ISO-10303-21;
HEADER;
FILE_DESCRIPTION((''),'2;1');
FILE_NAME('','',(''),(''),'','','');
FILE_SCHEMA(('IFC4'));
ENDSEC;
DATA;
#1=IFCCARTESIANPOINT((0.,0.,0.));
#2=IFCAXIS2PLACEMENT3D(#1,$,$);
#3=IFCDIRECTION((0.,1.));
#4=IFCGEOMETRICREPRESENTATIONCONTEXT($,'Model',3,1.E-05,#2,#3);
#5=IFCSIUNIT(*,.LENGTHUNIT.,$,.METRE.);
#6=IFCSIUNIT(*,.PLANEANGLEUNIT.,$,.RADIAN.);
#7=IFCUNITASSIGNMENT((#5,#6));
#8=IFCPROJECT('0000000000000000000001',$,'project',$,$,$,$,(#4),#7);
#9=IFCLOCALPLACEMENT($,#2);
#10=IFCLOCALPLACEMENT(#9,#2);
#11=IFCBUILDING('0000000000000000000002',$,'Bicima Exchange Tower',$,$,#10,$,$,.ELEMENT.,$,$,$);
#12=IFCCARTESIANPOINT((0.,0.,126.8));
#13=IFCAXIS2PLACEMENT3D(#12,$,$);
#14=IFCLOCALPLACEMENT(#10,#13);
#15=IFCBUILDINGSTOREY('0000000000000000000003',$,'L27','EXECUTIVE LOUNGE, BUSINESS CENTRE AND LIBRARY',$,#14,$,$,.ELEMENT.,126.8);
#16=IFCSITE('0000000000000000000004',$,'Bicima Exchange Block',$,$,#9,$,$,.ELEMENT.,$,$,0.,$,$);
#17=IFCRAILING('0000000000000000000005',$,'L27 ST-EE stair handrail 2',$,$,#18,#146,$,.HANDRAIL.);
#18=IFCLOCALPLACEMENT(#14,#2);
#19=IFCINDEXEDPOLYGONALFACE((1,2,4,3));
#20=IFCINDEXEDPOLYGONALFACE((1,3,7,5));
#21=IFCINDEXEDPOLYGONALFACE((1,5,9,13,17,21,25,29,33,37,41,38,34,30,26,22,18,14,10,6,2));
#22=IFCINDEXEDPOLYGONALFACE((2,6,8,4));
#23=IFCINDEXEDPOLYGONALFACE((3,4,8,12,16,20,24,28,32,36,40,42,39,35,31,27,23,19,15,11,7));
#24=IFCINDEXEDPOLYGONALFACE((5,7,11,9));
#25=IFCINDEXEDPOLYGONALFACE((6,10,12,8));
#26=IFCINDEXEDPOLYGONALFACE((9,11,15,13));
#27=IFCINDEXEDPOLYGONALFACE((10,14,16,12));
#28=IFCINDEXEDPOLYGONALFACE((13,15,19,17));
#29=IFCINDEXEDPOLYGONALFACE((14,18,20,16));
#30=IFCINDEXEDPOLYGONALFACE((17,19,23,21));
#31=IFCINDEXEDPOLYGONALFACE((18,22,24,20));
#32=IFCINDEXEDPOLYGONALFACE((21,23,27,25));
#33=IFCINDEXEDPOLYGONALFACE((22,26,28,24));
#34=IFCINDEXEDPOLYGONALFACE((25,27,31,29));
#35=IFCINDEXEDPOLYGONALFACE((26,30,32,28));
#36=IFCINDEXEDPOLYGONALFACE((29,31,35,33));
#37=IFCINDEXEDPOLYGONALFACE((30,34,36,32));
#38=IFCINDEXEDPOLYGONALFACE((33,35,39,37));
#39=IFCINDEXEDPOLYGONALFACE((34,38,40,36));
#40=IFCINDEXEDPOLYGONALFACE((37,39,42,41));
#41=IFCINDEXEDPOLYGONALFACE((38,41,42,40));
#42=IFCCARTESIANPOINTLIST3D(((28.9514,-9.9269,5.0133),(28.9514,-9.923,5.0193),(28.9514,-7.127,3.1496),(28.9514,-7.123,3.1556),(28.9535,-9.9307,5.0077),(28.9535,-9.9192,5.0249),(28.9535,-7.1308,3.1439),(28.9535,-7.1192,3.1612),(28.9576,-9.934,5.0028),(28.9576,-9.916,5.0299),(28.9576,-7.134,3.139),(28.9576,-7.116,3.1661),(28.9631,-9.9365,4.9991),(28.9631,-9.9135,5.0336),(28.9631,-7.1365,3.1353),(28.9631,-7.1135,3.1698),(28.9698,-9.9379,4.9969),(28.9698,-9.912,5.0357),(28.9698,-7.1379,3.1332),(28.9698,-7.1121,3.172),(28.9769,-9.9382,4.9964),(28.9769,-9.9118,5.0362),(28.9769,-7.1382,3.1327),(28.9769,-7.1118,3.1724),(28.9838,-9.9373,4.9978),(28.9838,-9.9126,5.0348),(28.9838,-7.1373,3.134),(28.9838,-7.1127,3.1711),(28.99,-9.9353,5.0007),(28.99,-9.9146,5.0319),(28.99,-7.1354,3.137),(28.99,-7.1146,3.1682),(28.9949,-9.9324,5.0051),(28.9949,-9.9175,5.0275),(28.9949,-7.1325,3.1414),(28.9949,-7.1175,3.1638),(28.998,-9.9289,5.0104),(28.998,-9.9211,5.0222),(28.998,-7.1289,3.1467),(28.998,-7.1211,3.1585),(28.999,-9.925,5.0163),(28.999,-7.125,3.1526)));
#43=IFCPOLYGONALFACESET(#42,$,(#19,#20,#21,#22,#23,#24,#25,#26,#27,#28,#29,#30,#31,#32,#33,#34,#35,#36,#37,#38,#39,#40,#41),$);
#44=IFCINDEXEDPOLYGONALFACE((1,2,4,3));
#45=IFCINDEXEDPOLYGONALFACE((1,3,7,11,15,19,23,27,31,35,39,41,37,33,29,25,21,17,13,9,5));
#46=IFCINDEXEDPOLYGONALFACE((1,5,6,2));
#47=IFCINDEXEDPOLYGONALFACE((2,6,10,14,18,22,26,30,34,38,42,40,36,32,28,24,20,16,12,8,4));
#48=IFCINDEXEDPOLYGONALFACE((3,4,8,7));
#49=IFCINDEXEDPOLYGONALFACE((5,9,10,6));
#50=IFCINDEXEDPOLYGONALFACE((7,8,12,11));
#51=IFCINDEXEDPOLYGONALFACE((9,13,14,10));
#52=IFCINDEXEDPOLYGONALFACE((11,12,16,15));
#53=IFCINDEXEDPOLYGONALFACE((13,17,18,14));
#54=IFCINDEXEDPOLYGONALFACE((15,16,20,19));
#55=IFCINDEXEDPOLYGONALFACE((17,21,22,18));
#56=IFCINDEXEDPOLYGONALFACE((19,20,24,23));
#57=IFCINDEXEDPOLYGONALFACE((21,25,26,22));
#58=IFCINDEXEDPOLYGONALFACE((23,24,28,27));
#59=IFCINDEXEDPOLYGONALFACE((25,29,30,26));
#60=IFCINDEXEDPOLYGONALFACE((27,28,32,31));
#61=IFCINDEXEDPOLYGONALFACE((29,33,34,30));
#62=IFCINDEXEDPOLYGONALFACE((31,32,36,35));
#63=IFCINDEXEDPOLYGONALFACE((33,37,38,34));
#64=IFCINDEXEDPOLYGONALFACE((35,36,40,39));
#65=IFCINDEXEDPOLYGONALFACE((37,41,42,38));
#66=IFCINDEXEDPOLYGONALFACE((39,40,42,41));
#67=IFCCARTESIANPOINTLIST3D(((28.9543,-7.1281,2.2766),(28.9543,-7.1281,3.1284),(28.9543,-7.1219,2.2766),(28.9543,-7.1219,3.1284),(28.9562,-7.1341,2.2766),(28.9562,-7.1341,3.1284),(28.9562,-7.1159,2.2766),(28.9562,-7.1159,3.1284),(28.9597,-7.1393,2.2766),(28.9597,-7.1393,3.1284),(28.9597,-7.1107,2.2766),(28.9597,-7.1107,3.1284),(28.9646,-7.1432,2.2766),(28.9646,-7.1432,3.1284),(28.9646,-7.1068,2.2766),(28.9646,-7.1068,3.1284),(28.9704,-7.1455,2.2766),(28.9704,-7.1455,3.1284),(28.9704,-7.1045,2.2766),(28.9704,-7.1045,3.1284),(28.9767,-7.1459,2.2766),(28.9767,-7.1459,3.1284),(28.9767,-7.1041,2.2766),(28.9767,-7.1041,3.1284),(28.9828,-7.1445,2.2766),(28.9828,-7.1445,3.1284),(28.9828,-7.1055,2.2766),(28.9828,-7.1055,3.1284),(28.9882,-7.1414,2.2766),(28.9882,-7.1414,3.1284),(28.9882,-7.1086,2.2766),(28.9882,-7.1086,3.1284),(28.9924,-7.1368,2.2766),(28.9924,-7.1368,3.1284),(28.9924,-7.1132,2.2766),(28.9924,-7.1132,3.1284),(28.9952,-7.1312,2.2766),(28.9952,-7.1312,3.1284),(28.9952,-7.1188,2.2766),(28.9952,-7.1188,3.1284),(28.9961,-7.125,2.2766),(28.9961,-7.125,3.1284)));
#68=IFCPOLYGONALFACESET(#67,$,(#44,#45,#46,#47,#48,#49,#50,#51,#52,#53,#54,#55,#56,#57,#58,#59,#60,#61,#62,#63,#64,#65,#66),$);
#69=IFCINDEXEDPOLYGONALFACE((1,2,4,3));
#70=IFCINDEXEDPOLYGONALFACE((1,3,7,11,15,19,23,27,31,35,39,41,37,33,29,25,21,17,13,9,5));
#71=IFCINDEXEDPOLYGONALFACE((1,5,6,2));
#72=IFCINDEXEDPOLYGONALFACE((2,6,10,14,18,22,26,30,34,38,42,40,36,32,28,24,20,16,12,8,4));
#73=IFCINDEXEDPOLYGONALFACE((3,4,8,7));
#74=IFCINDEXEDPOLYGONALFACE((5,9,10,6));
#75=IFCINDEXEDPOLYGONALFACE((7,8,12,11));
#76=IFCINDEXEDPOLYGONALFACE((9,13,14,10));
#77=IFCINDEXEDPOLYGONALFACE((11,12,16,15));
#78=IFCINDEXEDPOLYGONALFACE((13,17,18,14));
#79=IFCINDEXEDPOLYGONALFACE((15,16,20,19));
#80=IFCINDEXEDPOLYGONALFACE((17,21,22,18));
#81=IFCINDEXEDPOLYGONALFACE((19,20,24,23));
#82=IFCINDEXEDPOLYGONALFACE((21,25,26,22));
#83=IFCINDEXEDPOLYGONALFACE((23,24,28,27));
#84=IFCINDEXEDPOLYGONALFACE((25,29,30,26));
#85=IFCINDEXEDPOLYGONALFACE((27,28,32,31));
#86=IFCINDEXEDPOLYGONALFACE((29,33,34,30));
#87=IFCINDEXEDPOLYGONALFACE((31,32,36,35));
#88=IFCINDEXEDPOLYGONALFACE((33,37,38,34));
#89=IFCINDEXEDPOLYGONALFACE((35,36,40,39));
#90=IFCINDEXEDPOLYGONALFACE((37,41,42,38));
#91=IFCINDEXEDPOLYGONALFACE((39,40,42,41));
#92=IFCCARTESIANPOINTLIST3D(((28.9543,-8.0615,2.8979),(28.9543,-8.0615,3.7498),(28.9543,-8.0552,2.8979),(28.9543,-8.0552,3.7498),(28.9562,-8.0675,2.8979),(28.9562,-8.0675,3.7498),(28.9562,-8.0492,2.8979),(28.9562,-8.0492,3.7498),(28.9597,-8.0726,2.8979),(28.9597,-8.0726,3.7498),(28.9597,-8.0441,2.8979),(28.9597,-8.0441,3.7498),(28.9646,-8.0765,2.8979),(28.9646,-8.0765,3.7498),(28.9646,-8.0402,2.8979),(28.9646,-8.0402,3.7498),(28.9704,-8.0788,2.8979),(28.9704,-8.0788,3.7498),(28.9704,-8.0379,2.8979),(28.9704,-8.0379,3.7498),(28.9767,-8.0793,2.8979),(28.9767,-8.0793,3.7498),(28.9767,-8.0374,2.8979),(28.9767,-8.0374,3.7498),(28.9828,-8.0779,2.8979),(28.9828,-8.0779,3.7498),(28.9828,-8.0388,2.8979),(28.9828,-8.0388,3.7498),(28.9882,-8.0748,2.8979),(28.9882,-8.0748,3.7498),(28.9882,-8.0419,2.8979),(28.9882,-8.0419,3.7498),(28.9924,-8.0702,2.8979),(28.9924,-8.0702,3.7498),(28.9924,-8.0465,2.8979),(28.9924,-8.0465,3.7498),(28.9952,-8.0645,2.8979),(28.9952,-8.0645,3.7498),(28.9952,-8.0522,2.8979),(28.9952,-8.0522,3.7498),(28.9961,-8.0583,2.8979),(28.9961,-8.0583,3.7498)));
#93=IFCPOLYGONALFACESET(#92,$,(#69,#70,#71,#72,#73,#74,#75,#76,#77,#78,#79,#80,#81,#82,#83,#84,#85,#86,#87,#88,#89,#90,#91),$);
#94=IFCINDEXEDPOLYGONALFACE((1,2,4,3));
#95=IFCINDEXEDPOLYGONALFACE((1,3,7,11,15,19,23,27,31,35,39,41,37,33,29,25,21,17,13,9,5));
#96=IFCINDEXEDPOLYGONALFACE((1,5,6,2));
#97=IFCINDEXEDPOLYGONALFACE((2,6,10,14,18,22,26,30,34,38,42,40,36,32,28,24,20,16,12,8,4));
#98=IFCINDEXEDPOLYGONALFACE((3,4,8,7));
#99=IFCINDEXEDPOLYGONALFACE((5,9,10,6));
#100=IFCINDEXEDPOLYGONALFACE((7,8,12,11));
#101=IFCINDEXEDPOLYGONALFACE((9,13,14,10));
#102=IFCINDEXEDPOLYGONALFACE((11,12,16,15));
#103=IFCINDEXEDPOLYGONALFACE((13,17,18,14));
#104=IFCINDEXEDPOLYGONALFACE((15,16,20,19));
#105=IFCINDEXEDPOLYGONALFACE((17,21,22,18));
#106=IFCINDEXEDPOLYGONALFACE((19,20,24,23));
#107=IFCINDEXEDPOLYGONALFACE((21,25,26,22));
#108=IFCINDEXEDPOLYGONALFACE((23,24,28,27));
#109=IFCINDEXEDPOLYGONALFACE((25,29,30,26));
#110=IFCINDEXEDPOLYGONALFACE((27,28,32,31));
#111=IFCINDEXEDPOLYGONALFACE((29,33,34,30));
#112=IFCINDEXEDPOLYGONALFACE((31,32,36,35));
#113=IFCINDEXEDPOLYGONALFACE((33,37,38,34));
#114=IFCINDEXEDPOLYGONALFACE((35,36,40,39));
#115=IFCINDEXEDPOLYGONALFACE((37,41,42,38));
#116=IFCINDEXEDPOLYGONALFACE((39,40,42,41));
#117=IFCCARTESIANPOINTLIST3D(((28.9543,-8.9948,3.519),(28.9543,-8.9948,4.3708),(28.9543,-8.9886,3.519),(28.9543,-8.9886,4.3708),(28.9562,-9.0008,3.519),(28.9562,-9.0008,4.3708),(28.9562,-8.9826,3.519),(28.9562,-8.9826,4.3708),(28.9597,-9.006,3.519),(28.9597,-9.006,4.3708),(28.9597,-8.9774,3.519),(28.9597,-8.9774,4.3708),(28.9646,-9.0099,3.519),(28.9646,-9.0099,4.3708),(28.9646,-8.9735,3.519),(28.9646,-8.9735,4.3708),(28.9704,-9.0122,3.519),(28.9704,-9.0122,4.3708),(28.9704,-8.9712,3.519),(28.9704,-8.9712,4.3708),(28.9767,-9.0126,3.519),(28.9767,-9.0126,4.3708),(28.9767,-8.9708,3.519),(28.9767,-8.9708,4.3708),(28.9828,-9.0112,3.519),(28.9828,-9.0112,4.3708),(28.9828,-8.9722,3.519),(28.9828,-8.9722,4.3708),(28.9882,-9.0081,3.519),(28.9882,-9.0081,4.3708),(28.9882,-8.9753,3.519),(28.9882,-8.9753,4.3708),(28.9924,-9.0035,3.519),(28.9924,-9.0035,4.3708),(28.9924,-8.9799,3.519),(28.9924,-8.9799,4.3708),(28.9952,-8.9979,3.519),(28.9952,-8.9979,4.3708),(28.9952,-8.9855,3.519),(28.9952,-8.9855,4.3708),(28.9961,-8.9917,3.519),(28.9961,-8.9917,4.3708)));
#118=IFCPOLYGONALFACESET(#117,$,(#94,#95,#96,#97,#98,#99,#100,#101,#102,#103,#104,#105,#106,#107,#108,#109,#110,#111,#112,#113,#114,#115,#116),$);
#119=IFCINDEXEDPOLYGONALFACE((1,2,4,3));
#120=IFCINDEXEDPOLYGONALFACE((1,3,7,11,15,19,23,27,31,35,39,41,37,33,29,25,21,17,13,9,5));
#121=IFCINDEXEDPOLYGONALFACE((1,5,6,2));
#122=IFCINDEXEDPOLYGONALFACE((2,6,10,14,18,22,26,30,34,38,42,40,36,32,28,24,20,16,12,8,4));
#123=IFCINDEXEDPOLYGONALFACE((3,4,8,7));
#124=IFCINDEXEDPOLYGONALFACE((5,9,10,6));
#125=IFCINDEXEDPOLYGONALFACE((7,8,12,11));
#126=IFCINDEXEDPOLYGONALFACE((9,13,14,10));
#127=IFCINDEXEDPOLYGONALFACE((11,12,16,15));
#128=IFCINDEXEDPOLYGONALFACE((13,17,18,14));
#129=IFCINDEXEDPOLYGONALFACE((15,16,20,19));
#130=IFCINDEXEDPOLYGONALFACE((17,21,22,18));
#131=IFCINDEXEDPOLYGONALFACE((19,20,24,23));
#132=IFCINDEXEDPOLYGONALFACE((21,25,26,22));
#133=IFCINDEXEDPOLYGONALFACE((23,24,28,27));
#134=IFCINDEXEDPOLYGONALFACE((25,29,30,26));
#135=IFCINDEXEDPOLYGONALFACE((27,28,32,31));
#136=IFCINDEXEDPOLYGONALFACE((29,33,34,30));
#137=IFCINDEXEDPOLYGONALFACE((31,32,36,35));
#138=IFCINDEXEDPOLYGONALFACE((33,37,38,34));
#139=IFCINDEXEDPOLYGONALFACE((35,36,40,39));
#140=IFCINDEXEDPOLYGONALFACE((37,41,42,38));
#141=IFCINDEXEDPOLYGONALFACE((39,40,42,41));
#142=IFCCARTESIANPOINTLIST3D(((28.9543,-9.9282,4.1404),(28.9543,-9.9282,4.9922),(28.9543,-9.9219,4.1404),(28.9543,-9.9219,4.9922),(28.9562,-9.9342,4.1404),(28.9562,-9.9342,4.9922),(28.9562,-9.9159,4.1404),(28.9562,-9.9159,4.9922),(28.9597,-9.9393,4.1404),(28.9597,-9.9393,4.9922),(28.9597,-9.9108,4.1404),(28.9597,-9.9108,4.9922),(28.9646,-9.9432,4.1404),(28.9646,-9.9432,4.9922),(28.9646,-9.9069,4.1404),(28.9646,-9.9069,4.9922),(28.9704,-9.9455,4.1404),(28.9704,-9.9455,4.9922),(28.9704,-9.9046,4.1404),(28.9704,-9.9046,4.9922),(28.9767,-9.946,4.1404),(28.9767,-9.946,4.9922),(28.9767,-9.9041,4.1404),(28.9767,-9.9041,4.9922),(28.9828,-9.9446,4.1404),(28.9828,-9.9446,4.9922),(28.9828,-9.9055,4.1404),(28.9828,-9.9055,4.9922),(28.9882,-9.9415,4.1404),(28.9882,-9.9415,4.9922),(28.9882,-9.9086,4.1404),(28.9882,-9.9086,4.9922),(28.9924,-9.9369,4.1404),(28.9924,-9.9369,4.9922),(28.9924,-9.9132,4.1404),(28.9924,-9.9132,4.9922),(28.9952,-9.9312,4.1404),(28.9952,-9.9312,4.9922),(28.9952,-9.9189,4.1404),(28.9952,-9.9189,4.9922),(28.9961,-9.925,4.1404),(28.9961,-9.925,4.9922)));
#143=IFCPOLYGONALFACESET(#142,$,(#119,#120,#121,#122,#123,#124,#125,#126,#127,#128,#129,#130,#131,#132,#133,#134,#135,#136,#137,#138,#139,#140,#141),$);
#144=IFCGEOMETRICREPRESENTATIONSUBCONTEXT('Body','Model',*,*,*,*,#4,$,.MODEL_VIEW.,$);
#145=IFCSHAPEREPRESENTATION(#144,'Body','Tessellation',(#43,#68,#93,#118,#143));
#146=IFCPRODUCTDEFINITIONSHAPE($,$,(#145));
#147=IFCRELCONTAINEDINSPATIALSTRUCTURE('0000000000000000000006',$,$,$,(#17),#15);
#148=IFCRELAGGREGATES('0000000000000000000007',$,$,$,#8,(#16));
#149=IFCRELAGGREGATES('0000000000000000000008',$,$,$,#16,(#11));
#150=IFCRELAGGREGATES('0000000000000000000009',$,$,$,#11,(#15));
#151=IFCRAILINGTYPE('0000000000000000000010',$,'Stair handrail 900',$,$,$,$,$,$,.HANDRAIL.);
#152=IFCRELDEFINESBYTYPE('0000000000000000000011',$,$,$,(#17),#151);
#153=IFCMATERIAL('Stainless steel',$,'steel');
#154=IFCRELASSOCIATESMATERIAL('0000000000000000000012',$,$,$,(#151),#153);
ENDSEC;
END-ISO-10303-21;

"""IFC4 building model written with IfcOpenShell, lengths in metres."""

from ifc_helpers import new_model, si_unit, direction, frame, origin, origin_2d, place, context, subcontext, project, spatial, circle, extrude, material, type_object, element, save


model = new_model("IFC4")

# Units and contexts
model_context = context("Model", 3, precision=1e-05, world=origin(), true_north=direction((0.0, 1.0)))
body_context = subcontext(model_context, "Body", "Model", "MODEL_VIEW")
ifc_project = project(units=[si_unit("LENGTHUNIT", "METRE"), si_unit("PLANEANGLEUNIT", "RADIAN")], contexts=[model_context])

# Site, building, storey
site_placement = place(None, origin())
site = spatial("IfcSite", under=ifc_project, at=site_placement, Name="Bicima Exchange Block", CompositionType="ELEMENT", RefElevation=0.0)
building_placement = place(site_placement, origin())
building = spatial("IfcBuilding", under=site, at=building_placement, Name="Bicima Exchange Tower", CompositionType="ELEMENT")
storey_placement = place(building_placement, frame((0.0, 0.0, 126.8)))
storey = spatial("IfcBuildingStorey", under=building, at=storey_placement, Name="L27", Description="EXECUTIVE LOUNGE, BUSINESS CENTRE AND LIBRARY", CompositionType="ELEMENT", Elevation=126.8)

# Railing
ifc_material_1 = material(Name="Stainless steel", Category="steel")
railing_type = type_object("IfcRailingType", Name="Stair handrail 900", PredefinedType="HANDRAIL", material=ifc_material_1)
railing_1_placement = place(storey_placement, frame((28.9751, -7.125, 2.2766)))
element("IfcRailing", 1, at=railing_1_placement, inside=storey, type_object=railing_type, Name="L27 ST-EE stair handrail 2", PredefinedType="HANDRAIL", context=body_context, shape_type="SweptSolid", body=[
    extrude(circle(Radius=0.0239, at=origin_2d()), frame((0.0, 0.0, 0.876), z_axis=(0.0, -0.832452, 0.554097), x_axis=(1.0, 0.0, 0.0)), (0.0, 0.0, 1.0), 3.3635),
    extrude(circle(Radius=0.021, at=origin_2d()), origin(), (0.0, 0.0, 1.0), 0.8518),
    extrude(circle(Radius=0.021, at=origin_2d()), frame((0.0, -0.9333, 0.6213)), (0.0, 0.0, 1.0), 0.8518),
    extrude(circle(Radius=0.021, at=origin_2d()), frame((0.0, -1.8667, 1.2424)), (0.0, 0.0, 1.0), 0.8518),
    extrude(circle(Radius=0.021, at=origin_2d()), frame((0.0, -2.8, 1.8638)), (0.0, 0.0, 1.0), 0.8518),
])

save(model, "model.ifc")
